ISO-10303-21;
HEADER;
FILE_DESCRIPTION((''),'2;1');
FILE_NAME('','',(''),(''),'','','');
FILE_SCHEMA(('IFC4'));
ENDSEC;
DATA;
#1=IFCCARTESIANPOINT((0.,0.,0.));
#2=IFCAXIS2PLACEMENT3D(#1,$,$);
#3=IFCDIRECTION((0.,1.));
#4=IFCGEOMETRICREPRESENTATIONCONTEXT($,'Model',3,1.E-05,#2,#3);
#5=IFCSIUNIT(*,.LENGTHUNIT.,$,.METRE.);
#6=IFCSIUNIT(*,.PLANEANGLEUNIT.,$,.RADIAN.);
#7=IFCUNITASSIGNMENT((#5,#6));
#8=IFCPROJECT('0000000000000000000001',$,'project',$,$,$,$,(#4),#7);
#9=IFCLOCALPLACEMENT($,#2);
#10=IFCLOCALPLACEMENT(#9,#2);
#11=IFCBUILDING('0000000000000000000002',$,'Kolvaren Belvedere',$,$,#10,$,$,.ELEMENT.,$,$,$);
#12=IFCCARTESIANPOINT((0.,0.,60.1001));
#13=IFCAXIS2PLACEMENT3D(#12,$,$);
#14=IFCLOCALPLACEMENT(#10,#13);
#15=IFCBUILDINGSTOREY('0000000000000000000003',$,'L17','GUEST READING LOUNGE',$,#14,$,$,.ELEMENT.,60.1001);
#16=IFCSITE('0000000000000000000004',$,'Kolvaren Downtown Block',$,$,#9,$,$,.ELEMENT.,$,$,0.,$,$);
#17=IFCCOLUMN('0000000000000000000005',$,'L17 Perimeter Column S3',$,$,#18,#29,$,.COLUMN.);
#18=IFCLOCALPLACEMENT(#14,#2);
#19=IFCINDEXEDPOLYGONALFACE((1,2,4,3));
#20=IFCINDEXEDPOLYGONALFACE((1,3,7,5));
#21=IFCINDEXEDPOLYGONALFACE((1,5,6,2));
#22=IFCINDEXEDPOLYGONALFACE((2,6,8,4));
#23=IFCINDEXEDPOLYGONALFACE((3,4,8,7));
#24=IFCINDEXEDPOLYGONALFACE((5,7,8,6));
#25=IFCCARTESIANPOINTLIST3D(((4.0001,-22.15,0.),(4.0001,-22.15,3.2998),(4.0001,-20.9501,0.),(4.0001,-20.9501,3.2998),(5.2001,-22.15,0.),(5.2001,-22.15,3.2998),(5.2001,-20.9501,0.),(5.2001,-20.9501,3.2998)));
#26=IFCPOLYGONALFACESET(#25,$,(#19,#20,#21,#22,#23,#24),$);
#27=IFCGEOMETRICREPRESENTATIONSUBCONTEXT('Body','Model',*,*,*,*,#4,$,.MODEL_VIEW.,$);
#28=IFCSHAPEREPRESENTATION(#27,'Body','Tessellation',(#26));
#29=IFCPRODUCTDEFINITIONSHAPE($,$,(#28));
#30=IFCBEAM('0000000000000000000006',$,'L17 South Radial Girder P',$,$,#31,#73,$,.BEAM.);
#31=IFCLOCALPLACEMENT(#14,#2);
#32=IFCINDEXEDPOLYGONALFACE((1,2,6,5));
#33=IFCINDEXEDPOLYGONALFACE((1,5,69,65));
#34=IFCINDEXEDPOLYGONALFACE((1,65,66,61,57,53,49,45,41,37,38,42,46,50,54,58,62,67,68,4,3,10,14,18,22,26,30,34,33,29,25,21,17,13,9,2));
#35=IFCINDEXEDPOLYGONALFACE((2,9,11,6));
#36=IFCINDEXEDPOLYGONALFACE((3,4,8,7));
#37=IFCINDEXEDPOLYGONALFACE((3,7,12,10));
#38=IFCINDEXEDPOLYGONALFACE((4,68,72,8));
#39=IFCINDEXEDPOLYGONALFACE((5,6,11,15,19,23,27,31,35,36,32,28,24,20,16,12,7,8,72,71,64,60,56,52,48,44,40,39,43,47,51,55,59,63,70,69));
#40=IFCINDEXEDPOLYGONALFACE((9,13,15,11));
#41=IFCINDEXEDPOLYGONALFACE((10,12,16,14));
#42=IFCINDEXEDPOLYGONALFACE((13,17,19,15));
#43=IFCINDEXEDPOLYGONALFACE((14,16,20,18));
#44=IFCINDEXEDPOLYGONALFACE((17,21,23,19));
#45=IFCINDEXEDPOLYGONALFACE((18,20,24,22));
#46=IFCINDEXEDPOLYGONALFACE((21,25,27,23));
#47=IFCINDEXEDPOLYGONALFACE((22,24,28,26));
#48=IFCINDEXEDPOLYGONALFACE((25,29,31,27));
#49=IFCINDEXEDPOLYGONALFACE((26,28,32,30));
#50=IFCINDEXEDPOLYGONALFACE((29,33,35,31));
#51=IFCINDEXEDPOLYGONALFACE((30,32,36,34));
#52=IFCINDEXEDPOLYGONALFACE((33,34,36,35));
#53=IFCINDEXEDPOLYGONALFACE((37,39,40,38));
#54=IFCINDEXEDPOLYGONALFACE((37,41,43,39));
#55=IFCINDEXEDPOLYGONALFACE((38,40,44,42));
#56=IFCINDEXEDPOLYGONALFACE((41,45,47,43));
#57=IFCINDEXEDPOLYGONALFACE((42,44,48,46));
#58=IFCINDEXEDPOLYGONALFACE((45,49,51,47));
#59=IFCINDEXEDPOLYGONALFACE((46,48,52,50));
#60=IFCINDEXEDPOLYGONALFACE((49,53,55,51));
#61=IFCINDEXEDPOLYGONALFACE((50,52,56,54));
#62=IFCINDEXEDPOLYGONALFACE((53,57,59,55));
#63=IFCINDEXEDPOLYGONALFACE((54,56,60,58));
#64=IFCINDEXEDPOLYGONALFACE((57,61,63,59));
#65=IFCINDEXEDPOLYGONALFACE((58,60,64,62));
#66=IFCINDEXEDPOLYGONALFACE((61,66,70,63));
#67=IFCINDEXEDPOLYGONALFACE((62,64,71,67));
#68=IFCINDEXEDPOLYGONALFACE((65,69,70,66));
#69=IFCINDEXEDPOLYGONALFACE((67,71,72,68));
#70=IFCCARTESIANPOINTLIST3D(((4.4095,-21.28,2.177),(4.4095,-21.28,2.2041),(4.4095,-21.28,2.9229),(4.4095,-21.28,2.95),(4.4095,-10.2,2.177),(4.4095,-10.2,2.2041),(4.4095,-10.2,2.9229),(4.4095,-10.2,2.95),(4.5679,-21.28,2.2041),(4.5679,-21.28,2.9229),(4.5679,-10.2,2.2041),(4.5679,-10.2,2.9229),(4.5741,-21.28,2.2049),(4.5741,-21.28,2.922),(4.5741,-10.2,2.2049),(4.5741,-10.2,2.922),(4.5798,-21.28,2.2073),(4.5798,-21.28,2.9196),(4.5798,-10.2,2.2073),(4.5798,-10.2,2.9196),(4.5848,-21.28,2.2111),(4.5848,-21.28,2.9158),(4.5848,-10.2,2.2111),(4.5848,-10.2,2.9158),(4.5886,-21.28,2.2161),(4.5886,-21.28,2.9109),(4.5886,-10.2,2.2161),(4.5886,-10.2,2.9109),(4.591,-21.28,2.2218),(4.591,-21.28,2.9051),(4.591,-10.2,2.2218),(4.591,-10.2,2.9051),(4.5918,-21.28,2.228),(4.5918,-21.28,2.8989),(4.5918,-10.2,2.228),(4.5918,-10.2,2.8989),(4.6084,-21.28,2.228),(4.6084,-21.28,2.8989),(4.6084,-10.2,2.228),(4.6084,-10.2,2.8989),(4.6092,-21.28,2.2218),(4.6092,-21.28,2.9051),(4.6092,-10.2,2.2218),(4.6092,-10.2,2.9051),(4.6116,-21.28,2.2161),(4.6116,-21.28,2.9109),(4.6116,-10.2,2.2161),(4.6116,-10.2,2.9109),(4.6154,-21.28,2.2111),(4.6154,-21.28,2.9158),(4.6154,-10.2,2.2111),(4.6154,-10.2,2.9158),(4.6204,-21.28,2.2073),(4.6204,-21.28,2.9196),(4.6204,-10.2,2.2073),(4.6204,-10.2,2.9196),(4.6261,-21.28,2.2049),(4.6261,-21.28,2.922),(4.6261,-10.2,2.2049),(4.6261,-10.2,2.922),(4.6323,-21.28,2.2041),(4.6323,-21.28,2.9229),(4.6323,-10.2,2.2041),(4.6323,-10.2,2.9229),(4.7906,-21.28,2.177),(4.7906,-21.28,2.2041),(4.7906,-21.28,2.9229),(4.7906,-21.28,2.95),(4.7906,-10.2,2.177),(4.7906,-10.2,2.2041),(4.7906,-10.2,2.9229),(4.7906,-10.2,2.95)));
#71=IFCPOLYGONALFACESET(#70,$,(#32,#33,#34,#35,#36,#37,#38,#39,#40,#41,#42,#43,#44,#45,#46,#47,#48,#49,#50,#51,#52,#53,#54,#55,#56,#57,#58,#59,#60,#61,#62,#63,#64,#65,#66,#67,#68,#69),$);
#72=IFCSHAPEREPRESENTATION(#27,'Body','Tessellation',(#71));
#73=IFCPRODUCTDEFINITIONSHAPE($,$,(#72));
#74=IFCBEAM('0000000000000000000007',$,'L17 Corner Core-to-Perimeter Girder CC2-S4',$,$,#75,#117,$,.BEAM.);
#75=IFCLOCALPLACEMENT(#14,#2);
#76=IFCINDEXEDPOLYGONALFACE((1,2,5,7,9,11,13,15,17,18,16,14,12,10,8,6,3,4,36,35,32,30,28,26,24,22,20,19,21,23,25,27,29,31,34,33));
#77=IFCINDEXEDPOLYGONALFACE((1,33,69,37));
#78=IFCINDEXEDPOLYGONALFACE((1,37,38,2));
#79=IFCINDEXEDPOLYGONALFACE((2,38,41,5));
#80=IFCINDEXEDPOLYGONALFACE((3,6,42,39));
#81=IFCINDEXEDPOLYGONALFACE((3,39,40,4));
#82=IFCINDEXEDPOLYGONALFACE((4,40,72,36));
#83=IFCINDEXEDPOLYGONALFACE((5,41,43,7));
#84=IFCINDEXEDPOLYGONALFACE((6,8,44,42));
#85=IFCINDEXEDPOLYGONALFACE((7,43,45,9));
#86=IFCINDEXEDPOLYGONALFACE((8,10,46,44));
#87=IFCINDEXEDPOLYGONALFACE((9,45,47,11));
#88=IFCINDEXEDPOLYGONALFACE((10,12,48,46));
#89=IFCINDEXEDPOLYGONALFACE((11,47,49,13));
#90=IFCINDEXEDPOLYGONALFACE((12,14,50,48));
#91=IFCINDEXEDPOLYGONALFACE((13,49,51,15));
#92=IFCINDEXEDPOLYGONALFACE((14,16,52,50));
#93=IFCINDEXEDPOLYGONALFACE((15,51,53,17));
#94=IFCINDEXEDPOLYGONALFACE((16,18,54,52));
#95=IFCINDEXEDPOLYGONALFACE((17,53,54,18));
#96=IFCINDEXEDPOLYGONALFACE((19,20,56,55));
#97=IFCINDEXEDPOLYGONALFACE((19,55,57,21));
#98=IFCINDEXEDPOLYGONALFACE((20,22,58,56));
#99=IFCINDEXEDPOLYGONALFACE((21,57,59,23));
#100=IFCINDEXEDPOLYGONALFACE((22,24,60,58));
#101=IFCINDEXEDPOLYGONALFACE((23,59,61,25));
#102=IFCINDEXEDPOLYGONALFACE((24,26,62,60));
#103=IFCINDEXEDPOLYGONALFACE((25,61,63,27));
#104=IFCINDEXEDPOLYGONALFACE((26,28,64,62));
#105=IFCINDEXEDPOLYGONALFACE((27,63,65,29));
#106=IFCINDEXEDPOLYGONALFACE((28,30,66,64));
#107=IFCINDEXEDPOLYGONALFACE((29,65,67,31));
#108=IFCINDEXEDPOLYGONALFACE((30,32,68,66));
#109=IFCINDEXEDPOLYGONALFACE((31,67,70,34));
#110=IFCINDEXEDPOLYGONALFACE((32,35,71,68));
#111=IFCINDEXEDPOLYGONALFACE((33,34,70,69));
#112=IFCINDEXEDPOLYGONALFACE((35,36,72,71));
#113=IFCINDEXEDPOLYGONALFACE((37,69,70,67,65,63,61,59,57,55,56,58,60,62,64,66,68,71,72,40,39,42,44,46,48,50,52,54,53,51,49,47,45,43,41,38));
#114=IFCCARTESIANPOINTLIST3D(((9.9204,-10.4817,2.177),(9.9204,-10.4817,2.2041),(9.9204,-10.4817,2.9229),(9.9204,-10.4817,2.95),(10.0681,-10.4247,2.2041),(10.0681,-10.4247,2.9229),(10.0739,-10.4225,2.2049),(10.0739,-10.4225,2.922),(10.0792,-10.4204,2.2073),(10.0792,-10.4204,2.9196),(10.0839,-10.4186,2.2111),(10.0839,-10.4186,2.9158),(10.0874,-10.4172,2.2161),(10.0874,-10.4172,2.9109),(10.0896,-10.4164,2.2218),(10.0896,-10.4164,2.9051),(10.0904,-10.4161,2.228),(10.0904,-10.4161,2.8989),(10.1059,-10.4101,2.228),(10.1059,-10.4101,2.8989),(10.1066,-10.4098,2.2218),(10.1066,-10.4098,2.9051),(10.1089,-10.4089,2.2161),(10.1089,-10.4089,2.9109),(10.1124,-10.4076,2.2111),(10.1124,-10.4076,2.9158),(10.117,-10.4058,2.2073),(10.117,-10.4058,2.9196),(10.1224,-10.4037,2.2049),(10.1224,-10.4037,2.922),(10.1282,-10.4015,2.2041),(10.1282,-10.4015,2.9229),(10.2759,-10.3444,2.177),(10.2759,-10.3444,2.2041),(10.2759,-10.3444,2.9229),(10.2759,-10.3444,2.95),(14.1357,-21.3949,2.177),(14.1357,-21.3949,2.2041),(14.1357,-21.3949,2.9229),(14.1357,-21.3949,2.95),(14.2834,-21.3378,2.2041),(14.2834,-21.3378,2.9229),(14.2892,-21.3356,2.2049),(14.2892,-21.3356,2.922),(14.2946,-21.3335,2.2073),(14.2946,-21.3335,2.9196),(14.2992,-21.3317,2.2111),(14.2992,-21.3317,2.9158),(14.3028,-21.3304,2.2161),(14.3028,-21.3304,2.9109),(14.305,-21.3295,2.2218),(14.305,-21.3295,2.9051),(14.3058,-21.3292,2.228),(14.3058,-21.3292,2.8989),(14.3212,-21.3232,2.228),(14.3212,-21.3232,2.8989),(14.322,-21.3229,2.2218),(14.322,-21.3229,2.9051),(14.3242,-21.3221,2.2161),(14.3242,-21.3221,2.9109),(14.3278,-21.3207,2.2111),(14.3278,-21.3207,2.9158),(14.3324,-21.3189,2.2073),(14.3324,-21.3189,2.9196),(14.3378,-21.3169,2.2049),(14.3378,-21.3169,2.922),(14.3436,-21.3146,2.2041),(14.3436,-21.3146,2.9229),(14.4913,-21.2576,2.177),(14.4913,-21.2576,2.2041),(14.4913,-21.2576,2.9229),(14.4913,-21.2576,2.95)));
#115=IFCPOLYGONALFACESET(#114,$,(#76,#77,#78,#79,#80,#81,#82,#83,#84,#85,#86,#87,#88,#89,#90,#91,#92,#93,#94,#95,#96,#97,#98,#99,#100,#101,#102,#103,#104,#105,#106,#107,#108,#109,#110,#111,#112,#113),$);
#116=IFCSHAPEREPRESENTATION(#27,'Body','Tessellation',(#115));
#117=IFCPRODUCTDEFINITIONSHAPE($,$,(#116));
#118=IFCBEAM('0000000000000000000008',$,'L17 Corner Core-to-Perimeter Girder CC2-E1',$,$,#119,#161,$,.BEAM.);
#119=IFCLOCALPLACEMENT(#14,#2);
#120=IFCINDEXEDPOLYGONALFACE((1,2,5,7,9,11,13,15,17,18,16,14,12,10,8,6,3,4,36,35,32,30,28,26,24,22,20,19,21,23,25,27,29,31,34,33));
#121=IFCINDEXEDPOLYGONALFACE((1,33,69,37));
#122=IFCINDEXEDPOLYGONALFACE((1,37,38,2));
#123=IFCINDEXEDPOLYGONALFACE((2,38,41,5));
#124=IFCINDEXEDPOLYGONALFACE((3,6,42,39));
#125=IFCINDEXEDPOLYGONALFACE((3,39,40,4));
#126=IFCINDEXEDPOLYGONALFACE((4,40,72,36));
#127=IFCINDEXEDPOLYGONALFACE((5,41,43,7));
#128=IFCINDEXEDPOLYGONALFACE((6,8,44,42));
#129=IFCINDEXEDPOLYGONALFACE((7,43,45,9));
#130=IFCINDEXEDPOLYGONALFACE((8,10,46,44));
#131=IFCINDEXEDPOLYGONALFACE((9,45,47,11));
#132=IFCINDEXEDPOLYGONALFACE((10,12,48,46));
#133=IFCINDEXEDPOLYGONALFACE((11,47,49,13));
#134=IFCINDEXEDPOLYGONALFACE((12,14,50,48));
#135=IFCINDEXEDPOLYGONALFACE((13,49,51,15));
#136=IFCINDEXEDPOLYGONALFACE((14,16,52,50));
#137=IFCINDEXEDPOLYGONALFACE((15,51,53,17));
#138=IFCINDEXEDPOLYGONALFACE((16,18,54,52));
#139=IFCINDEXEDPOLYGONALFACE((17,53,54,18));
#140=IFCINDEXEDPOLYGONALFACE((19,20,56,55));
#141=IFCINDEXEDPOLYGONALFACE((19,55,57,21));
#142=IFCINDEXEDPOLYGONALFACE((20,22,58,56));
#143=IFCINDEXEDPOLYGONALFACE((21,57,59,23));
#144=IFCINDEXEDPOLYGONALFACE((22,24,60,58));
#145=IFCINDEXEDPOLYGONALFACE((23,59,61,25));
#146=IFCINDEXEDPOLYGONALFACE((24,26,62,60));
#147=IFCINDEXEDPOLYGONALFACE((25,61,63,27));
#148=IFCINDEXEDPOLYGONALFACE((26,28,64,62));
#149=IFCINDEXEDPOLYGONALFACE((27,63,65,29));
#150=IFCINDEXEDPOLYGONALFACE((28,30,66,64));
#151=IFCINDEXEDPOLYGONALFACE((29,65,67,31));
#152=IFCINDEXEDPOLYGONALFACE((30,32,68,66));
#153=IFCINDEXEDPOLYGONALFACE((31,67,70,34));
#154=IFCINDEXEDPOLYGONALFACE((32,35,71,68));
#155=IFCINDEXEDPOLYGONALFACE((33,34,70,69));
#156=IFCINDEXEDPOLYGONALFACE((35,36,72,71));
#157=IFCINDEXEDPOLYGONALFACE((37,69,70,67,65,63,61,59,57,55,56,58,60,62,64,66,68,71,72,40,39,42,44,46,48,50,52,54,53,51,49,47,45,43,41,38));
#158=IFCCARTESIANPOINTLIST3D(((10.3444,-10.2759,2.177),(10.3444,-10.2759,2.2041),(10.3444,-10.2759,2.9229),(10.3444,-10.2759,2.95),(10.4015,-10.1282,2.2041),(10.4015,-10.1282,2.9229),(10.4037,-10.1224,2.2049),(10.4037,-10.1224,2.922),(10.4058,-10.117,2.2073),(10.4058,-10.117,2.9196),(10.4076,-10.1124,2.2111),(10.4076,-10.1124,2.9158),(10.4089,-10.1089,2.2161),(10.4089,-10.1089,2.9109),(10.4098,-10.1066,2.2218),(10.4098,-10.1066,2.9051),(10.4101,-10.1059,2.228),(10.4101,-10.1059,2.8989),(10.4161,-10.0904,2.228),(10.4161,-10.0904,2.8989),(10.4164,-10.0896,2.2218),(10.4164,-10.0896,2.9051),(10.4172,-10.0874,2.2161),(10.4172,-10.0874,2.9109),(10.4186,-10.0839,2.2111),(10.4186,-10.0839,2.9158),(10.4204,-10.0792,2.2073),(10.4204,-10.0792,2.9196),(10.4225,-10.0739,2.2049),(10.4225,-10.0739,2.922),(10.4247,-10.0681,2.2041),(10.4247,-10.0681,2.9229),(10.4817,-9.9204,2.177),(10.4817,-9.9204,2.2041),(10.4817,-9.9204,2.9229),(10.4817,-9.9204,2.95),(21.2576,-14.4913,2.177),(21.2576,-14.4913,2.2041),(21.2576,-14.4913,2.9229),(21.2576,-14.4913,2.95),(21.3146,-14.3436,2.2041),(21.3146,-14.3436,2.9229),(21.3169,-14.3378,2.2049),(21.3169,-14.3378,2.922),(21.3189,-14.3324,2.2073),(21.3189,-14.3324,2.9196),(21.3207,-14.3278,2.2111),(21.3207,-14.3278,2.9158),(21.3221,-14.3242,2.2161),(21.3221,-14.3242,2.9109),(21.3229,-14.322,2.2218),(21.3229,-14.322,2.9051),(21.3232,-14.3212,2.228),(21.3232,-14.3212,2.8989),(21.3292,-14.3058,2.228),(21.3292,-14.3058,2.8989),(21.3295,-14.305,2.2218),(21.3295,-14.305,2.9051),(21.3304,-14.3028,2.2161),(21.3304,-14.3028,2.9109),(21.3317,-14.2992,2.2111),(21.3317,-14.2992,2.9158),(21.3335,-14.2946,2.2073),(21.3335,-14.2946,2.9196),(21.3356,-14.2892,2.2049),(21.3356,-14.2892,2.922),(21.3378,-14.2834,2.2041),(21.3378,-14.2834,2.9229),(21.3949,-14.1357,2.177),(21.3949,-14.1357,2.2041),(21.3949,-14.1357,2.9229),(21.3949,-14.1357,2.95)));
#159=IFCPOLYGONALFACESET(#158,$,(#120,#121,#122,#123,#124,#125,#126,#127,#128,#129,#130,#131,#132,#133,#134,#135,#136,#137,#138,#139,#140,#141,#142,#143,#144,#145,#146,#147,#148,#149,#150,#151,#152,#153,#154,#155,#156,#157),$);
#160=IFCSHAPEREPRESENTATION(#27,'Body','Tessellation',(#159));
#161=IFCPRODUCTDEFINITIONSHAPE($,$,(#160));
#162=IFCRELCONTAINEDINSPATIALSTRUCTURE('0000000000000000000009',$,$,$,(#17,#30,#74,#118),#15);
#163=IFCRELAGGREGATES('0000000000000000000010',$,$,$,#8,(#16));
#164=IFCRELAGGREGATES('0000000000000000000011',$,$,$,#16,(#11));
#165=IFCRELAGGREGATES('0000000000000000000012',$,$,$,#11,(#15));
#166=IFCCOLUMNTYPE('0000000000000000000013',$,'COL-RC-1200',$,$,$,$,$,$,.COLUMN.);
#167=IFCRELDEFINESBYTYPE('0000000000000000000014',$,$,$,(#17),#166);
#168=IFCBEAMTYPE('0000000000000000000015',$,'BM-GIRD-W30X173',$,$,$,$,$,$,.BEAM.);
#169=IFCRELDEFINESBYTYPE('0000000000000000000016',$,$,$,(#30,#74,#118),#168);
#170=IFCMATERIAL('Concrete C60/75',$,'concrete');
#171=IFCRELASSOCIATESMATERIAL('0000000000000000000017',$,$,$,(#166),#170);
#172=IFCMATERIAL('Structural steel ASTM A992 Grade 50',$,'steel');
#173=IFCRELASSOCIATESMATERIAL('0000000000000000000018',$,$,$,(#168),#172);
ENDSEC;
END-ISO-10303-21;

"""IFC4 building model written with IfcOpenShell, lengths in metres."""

from ifc_helpers import new_model, si_unit, direction, frame, origin, origin_2d, place, context, subcontext, project, spatial, rectangle, i_section, extrude, material, material_profile, profile_set, type_object, element, save


model = new_model("IFC4")

# Units and contexts
model_context = context("Model", 3, precision=1e-05, world=origin(), true_north=direction((0.0, 1.0)))
body_context = subcontext(model_context, "Body", "Model", "MODEL_VIEW")
ifc_project = project(units=[si_unit("LENGTHUNIT", "METRE"), si_unit("PLANEANGLEUNIT", "RADIAN")], contexts=[model_context])

# Site, building, storey
site_placement = place(None, origin())
site = spatial("IfcSite", under=ifc_project, at=site_placement, Name="Kolvaren Downtown Block", CompositionType="ELEMENT", RefElevation=0.0)
building_placement = place(site_placement, origin())
building = spatial("IfcBuilding", under=site, at=building_placement, Name="Kolvaren Belvedere", CompositionType="ELEMENT")
storey_placement = place(building_placement, frame((0.0, 0.0, 60.1001)))
storey = spatial("IfcBuildingStorey", under=building, at=storey_placement, Name="L17", Description="GUEST READING LOUNGE", CompositionType="ELEMENT", Elevation=60.1001)

# Column
ifc_material_1 = material(Name="Concrete C60/75", Category="concrete")
ifc_material_profile_1 = material_profile(ifc_material_1, rectangle(XDim=1.2, YDim=1.2, at=origin_2d()), Name="RC 1200X1200")
ifc_profile_set_1 = profile_set([ifc_material_profile_1], Name="Concrete C60/75")
column_type = type_object("IfcColumnType", Name="COL-RC-1200", PredefinedType="COLUMN", material=ifc_profile_set_1)
column_placement = place(storey_placement, frame((4.6001, -21.55, 0.0), z_axis=(0.0, 0.0, 1.0), x_axis=(1.0, 0.0, 0.0)))
element("IfcColumn", 1, at=column_placement, inside=storey, type_object=column_type, Name="L17 Perimeter Column S3", PredefinedType="COLUMN", context=body_context, shape_type="SweptSolid", body=[
    extrude(rectangle(XDim=1.2, YDim=1.2, at=origin_2d()), origin(), (0.0, 0.0, 1.0), 3.2998),
])

# Beams
ifc_material_2 = material(Name="Structural steel ASTM A992 Grade 50", Category="steel")
ifc_material_profile_2 = material_profile(ifc_material_2, i_section(OverallWidth=0.3811, OverallDepth=0.7729, WebThickness=0.0166, FlangeThickness=0.0271, FilletRadius=0.0239, at=origin_2d()), Name="W30X173")
ifc_profile_set_2 = profile_set([ifc_material_profile_2], Name="Structural steel ASTM A992 Grade 50")
beam_type_1 = type_object("IfcBeamType", Name="BM-GIRD-W30X173", PredefinedType="BEAM", material=ifc_profile_set_2)
beam_1_placement = place(storey_placement, frame((4.6001, -10.2, 2.5635), z_axis=(0.0, -1.0, 0.0), x_axis=(1.0, 0.0, 0.0)))
element("IfcBeam", 2, at=beam_1_placement, inside=storey, type_object=beam_type_1, Name="L17 South Radial Girder P", PredefinedType="BEAM", context=body_context, shape_type="SweptSolid", body=[
    extrude(i_section(OverallWidth=0.3811, OverallDepth=0.7729, WebThickness=0.0166, FlangeThickness=0.0271, FilletRadius=0.0239, at=origin_2d()), origin(), (0.0, 0.0, 1.0), 11.0801),
])
for number, where, z_axis, x_axis, name in (
    (3, (10.0981, -10.4131, 2.5635), (0.360318, -0.932829, 0.0), (0.932829, 0.360318, 0.0), "L17 Corner Core-to-Perimeter Girder CC2-S4"),
    (4, (10.4131, -10.0981, 2.5635), (0.932829, -0.360318, 0.0), (0.360318, 0.932829, 0.0), "L17 Corner Core-to-Perimeter Girder CC2-E1"),
):
    element("IfcBeam", number, at=place(storey_placement, frame(where, z_axis=z_axis, x_axis=x_axis)), inside=storey, type_object=beam_type_1, Name=name, PredefinedType="BEAM", context=body_context, shape_type="SweptSolid", body=[
        extrude(i_section(OverallWidth=0.3811, OverallDepth=0.7729, WebThickness=0.0166, FlangeThickness=0.0271, FilletRadius=0.0239, at=origin_2d()), origin(), (0.0, 0.0, 1.0), 11.699),
    ])

save(model, "model.ifc")
